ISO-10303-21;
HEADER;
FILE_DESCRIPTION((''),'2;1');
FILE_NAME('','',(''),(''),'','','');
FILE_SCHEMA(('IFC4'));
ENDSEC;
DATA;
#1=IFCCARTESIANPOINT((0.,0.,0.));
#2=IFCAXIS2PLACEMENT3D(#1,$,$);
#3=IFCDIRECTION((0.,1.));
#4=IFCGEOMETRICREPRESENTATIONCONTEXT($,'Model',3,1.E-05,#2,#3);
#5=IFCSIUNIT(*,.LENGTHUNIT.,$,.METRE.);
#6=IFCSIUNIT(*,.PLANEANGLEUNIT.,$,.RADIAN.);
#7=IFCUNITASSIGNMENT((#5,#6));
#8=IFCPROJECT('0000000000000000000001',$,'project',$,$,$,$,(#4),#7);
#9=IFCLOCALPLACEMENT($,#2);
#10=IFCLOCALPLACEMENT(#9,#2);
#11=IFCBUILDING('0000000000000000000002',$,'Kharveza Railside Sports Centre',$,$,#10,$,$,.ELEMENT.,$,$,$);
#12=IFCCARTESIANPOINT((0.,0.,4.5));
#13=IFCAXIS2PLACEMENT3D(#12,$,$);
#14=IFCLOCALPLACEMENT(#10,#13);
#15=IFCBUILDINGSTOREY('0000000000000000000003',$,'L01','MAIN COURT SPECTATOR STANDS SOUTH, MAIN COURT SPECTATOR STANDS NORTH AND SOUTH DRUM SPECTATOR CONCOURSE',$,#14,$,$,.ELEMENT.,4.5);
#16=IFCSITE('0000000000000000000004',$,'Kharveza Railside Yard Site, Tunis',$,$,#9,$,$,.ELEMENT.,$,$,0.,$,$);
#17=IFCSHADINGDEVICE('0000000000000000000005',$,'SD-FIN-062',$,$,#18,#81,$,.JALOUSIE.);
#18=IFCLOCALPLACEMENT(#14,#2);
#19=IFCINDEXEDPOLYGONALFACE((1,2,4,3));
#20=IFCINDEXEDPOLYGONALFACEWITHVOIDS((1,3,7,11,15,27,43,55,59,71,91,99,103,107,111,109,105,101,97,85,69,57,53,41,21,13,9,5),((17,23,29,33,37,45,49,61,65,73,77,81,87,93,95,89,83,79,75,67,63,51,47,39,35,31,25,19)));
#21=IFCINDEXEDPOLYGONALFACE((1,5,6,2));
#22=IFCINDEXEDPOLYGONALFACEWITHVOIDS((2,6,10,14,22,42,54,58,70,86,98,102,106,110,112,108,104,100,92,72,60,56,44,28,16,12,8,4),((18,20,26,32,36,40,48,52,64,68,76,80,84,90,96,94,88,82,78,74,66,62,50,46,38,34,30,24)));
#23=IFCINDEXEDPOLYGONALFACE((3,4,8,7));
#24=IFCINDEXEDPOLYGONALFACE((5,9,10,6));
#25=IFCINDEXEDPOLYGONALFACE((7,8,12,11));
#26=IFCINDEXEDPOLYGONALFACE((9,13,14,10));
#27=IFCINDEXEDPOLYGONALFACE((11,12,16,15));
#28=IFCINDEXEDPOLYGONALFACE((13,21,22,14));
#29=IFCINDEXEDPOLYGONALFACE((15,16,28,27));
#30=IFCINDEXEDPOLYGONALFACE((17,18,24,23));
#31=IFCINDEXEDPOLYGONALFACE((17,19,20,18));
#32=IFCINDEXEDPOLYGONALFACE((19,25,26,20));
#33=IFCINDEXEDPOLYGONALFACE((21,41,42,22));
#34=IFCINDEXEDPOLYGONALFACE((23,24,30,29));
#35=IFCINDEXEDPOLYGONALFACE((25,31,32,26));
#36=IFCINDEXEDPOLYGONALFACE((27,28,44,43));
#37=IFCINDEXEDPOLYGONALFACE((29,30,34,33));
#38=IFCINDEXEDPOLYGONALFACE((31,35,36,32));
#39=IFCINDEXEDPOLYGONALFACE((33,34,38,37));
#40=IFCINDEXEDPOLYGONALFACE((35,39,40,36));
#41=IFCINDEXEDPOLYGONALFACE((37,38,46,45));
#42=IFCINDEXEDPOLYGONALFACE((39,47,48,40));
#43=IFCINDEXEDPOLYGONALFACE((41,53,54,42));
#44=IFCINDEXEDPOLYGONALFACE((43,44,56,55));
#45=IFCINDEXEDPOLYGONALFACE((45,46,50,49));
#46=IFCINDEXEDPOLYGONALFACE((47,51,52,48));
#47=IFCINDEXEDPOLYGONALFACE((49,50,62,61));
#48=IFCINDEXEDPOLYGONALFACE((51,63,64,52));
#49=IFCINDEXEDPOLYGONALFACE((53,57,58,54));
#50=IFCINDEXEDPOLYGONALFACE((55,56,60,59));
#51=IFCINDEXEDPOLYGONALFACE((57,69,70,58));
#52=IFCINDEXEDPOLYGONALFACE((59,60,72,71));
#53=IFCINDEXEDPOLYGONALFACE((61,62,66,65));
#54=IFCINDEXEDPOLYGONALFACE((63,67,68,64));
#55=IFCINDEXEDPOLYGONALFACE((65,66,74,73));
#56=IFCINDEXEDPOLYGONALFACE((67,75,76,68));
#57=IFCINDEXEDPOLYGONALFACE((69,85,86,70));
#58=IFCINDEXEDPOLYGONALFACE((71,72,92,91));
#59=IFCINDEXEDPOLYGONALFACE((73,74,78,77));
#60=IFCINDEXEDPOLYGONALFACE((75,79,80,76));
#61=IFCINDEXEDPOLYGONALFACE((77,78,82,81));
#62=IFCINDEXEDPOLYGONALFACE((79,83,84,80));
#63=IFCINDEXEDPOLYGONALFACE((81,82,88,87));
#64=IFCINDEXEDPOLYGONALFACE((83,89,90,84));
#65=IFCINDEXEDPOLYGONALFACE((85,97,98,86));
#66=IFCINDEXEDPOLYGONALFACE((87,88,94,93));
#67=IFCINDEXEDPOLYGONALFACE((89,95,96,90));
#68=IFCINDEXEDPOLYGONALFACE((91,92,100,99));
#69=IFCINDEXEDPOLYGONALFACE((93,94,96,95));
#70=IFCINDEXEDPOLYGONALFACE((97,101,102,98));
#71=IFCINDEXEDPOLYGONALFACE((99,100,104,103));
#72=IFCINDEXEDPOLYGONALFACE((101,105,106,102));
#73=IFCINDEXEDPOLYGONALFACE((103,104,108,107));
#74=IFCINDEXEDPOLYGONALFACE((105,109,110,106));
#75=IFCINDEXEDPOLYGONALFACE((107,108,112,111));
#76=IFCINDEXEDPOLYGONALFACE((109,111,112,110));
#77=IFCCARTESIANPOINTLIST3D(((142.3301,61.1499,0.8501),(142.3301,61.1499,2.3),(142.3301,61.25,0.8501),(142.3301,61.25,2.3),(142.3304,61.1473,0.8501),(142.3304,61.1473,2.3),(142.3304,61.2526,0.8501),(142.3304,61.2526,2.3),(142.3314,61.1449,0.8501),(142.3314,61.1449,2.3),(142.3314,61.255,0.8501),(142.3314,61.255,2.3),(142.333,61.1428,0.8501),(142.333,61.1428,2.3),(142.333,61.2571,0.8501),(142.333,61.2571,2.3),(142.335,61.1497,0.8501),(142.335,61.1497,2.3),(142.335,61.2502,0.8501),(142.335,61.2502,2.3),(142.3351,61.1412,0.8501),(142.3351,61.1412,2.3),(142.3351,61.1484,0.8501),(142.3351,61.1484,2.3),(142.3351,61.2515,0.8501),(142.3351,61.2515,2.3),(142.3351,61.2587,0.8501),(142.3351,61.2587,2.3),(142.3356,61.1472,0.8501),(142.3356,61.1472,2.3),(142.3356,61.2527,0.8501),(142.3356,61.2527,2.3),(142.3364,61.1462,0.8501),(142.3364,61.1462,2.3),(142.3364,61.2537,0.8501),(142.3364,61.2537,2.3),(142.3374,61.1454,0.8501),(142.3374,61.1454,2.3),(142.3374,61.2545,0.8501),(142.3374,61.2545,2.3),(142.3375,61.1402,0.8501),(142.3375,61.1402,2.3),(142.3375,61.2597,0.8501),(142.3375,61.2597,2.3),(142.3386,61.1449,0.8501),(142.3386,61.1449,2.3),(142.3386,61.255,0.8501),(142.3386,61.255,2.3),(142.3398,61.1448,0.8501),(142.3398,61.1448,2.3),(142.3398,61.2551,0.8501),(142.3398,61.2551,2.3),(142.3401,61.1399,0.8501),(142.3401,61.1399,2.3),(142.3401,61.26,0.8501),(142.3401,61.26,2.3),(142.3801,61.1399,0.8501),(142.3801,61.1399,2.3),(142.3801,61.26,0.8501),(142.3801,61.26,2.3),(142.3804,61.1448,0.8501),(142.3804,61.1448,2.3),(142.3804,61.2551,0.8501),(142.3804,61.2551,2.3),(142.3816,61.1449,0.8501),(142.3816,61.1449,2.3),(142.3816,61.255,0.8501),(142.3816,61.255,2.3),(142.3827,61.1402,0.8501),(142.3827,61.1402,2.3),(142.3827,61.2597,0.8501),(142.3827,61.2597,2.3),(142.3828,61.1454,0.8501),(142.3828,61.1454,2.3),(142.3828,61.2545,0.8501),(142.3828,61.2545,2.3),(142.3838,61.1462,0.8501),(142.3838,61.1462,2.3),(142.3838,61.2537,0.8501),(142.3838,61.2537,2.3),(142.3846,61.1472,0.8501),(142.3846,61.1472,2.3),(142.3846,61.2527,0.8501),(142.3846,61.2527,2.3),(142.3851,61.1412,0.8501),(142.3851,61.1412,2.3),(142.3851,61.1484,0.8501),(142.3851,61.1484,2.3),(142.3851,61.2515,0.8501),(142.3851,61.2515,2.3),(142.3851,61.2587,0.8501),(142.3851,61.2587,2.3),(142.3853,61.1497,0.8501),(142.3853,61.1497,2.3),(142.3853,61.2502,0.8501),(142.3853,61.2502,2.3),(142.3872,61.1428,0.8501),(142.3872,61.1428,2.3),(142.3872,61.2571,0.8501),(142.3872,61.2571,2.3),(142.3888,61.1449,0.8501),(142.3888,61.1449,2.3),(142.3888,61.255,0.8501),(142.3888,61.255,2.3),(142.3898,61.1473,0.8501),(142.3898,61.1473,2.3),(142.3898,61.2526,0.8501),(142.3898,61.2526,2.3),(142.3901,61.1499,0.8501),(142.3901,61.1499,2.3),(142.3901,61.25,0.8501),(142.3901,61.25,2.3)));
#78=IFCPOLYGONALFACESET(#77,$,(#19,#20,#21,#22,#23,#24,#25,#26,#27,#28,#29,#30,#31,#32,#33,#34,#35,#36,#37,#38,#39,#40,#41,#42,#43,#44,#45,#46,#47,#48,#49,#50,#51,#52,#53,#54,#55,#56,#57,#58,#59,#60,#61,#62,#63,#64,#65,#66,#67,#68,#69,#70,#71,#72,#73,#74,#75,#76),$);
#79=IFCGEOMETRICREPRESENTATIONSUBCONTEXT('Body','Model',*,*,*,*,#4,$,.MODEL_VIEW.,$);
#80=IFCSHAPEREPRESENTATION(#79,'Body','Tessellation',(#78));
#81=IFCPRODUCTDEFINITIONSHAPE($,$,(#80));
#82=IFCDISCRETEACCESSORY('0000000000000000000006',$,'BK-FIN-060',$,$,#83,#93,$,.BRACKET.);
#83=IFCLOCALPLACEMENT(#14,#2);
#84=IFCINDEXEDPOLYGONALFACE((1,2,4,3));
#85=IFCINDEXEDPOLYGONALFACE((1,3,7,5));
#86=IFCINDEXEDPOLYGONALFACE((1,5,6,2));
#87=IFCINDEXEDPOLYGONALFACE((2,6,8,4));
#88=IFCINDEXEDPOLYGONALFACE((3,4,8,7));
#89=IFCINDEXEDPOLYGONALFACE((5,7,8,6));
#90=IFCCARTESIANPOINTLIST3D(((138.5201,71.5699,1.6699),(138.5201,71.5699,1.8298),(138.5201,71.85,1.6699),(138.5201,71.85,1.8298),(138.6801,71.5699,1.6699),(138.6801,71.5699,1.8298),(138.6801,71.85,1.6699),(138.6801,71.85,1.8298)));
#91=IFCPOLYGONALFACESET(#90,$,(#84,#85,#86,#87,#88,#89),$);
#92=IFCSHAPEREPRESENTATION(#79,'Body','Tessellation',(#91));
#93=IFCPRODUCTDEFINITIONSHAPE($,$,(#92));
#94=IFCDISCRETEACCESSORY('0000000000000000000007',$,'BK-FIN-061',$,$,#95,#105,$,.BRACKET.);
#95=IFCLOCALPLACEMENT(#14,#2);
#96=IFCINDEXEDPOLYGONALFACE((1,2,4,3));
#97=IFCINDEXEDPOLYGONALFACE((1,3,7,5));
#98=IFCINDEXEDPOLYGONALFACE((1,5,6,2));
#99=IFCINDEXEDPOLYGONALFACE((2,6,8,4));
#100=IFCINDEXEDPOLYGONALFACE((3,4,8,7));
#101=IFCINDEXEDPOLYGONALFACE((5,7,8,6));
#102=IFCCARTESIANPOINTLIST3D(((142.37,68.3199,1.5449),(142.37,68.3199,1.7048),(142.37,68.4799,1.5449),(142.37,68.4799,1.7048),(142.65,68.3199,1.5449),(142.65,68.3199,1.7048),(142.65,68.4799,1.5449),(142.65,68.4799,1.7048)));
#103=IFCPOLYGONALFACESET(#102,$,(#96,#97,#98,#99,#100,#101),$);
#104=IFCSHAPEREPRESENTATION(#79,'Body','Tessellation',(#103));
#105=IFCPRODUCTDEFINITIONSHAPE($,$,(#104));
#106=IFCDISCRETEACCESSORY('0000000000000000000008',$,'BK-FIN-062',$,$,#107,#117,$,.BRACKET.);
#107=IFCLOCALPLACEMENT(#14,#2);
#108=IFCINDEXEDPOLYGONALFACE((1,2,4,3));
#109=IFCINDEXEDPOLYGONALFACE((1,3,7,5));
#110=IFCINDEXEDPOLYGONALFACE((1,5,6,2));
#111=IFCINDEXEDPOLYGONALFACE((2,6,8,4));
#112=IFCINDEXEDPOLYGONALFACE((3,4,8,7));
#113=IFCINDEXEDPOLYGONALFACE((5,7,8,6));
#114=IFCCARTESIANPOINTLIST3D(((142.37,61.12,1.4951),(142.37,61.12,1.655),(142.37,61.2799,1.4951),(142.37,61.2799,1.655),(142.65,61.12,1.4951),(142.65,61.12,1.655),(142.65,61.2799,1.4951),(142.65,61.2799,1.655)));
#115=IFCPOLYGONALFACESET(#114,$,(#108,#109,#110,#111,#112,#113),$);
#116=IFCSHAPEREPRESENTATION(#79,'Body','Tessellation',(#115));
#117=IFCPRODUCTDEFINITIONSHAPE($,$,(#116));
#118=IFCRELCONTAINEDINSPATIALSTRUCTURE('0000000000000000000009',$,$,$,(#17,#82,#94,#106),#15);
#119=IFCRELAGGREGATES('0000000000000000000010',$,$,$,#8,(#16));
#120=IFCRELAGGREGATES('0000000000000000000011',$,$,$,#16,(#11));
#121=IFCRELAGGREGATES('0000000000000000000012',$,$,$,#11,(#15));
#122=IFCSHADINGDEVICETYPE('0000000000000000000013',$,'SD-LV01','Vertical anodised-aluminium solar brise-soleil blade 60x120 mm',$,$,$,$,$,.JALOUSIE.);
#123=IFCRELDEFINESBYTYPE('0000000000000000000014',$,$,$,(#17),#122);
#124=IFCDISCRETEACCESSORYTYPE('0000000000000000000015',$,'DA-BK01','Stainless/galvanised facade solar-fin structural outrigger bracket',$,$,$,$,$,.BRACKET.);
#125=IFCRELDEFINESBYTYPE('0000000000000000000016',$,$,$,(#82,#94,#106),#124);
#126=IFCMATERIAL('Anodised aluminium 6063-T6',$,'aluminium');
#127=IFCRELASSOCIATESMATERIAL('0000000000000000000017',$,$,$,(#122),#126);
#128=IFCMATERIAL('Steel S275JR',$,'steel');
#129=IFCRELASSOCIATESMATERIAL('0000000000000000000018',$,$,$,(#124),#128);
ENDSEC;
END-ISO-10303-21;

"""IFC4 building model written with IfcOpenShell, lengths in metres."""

from ifc_helpers import new_model, si_unit, direction, frame, origin, origin_2d, place, context, subcontext, project, spatial, rectangle, hollow_rectangle, extrude, material, material_profile, profile_set, type_object, element, save


model = new_model("IFC4")

# Units and contexts
model_context = context("Model", 3, precision=1e-05, world=origin(), true_north=direction((0.0, 1.0)))
body_context = subcontext(model_context, "Body", "Model", "MODEL_VIEW")
ifc_project = project(units=[si_unit("LENGTHUNIT", "METRE"), si_unit("PLANEANGLEUNIT", "RADIAN")], contexts=[model_context])

# Site, building, storey
site_placement = place(None, origin())
site = spatial("IfcSite", under=ifc_project, at=site_placement, Name="Kharveza Railside Yard Site, Tunis", CompositionType="ELEMENT", RefElevation=0.0)
building_placement = place(site_placement, origin())
building = spatial("IfcBuilding", under=site, at=building_placement, Name="Kharveza Railside Sports Centre", CompositionType="ELEMENT")
storey_placement = place(building_placement, frame((0.0, 0.0, 4.5)))
storey = spatial("IfcBuildingStorey", under=building, at=storey_placement, Name="L01", Description="MAIN COURT SPECTATOR STANDS SOUTH, MAIN COURT SPECTATOR STANDS NORTH AND SOUTH DRUM SPECTATOR CONCOURSE", CompositionType="ELEMENT", Elevation=4.5)

# Shared definitions
ifc_material_1 = material(Name="Steel S275JR", Category="steel")

# Shading device
ifc_material_2 = material(Name="Anodised aluminium 6063-T6", Category="aluminium")
ifc_material_profile_1 = material_profile(ifc_material_2, hollow_rectangle(XDim=0.0601, YDim=0.1201, WallThickness=0.0049, InnerFilletRadius=0.0049, OuterFilletRadius=0.01, at=origin_2d()), Name="RHS 60x120x5.0")
ifc_profile_set_1 = profile_set([ifc_material_profile_1], Name="Anodised aluminium 6063-T6")
shading_device_type = type_object("IfcShadingDeviceType", Name="SD-LV01", Description="Vertical anodised-aluminium solar brise-soleil blade 60x120 mm", PredefinedType="JALOUSIE", material=ifc_profile_set_1)
shading_device_1_placement = place(storey_placement, frame((142.3601, 61.2, 0.8501), z_axis=(0.0, 0.0, 1.0), x_axis=(-1.0, 0.0, 0.0)))
element("IfcShadingDevice", 1, at=shading_device_1_placement, inside=storey, type_object=shading_device_type, Name="SD-FIN-062", PredefinedType="JALOUSIE", context=body_context, shape_type="SweptSolid", body=[
    extrude(hollow_rectangle(XDim=0.0601, YDim=0.1201, WallThickness=0.0049, InnerFilletRadius=0.0049, OuterFilletRadius=0.01, at=origin_2d()), origin(), (0.0, 0.0, 1.0), 1.45),
])

# Discrete accessories
discrete_accessory_type = type_object("IfcDiscreteAccessoryType", Name="DA-BK01", Description="Stainless/galvanised facade solar-fin structural outrigger bracket", PredefinedType="BRACKET", material=ifc_material_1)
for number, where, z_axis, x_axis, name in (
    (2, (138.6001, 71.71, 1.6699), (0.0, 0.0, 1.0), (0.0, -1.0, 0.0), "BK-FIN-060"),
    (3, (142.51, 68.3999, 1.5449), (0.0, 0.0, 1.0), (-1.0, 0.0, 0.0), "BK-FIN-061"),
    (4, (142.51, 61.2, 1.4951), (0.0, 0.0, 1.0), (-1.0, 0.0, 0.0), "BK-FIN-062"),
):
    element("IfcDiscreteAccessory", number, at=place(storey_placement, frame(where, z_axis=z_axis, x_axis=x_axis)), inside=storey, type_object=discrete_accessory_type, Name=name, PredefinedType="BRACKET", context=body_context, shape_type="SweptSolid", body=[
        extrude(rectangle(XDim=0.28, YDim=0.1599, at=origin_2d()), origin(), (0.0, 0.0, 1.0), 0.1599),
    ])

save(model, "model.ifc")
